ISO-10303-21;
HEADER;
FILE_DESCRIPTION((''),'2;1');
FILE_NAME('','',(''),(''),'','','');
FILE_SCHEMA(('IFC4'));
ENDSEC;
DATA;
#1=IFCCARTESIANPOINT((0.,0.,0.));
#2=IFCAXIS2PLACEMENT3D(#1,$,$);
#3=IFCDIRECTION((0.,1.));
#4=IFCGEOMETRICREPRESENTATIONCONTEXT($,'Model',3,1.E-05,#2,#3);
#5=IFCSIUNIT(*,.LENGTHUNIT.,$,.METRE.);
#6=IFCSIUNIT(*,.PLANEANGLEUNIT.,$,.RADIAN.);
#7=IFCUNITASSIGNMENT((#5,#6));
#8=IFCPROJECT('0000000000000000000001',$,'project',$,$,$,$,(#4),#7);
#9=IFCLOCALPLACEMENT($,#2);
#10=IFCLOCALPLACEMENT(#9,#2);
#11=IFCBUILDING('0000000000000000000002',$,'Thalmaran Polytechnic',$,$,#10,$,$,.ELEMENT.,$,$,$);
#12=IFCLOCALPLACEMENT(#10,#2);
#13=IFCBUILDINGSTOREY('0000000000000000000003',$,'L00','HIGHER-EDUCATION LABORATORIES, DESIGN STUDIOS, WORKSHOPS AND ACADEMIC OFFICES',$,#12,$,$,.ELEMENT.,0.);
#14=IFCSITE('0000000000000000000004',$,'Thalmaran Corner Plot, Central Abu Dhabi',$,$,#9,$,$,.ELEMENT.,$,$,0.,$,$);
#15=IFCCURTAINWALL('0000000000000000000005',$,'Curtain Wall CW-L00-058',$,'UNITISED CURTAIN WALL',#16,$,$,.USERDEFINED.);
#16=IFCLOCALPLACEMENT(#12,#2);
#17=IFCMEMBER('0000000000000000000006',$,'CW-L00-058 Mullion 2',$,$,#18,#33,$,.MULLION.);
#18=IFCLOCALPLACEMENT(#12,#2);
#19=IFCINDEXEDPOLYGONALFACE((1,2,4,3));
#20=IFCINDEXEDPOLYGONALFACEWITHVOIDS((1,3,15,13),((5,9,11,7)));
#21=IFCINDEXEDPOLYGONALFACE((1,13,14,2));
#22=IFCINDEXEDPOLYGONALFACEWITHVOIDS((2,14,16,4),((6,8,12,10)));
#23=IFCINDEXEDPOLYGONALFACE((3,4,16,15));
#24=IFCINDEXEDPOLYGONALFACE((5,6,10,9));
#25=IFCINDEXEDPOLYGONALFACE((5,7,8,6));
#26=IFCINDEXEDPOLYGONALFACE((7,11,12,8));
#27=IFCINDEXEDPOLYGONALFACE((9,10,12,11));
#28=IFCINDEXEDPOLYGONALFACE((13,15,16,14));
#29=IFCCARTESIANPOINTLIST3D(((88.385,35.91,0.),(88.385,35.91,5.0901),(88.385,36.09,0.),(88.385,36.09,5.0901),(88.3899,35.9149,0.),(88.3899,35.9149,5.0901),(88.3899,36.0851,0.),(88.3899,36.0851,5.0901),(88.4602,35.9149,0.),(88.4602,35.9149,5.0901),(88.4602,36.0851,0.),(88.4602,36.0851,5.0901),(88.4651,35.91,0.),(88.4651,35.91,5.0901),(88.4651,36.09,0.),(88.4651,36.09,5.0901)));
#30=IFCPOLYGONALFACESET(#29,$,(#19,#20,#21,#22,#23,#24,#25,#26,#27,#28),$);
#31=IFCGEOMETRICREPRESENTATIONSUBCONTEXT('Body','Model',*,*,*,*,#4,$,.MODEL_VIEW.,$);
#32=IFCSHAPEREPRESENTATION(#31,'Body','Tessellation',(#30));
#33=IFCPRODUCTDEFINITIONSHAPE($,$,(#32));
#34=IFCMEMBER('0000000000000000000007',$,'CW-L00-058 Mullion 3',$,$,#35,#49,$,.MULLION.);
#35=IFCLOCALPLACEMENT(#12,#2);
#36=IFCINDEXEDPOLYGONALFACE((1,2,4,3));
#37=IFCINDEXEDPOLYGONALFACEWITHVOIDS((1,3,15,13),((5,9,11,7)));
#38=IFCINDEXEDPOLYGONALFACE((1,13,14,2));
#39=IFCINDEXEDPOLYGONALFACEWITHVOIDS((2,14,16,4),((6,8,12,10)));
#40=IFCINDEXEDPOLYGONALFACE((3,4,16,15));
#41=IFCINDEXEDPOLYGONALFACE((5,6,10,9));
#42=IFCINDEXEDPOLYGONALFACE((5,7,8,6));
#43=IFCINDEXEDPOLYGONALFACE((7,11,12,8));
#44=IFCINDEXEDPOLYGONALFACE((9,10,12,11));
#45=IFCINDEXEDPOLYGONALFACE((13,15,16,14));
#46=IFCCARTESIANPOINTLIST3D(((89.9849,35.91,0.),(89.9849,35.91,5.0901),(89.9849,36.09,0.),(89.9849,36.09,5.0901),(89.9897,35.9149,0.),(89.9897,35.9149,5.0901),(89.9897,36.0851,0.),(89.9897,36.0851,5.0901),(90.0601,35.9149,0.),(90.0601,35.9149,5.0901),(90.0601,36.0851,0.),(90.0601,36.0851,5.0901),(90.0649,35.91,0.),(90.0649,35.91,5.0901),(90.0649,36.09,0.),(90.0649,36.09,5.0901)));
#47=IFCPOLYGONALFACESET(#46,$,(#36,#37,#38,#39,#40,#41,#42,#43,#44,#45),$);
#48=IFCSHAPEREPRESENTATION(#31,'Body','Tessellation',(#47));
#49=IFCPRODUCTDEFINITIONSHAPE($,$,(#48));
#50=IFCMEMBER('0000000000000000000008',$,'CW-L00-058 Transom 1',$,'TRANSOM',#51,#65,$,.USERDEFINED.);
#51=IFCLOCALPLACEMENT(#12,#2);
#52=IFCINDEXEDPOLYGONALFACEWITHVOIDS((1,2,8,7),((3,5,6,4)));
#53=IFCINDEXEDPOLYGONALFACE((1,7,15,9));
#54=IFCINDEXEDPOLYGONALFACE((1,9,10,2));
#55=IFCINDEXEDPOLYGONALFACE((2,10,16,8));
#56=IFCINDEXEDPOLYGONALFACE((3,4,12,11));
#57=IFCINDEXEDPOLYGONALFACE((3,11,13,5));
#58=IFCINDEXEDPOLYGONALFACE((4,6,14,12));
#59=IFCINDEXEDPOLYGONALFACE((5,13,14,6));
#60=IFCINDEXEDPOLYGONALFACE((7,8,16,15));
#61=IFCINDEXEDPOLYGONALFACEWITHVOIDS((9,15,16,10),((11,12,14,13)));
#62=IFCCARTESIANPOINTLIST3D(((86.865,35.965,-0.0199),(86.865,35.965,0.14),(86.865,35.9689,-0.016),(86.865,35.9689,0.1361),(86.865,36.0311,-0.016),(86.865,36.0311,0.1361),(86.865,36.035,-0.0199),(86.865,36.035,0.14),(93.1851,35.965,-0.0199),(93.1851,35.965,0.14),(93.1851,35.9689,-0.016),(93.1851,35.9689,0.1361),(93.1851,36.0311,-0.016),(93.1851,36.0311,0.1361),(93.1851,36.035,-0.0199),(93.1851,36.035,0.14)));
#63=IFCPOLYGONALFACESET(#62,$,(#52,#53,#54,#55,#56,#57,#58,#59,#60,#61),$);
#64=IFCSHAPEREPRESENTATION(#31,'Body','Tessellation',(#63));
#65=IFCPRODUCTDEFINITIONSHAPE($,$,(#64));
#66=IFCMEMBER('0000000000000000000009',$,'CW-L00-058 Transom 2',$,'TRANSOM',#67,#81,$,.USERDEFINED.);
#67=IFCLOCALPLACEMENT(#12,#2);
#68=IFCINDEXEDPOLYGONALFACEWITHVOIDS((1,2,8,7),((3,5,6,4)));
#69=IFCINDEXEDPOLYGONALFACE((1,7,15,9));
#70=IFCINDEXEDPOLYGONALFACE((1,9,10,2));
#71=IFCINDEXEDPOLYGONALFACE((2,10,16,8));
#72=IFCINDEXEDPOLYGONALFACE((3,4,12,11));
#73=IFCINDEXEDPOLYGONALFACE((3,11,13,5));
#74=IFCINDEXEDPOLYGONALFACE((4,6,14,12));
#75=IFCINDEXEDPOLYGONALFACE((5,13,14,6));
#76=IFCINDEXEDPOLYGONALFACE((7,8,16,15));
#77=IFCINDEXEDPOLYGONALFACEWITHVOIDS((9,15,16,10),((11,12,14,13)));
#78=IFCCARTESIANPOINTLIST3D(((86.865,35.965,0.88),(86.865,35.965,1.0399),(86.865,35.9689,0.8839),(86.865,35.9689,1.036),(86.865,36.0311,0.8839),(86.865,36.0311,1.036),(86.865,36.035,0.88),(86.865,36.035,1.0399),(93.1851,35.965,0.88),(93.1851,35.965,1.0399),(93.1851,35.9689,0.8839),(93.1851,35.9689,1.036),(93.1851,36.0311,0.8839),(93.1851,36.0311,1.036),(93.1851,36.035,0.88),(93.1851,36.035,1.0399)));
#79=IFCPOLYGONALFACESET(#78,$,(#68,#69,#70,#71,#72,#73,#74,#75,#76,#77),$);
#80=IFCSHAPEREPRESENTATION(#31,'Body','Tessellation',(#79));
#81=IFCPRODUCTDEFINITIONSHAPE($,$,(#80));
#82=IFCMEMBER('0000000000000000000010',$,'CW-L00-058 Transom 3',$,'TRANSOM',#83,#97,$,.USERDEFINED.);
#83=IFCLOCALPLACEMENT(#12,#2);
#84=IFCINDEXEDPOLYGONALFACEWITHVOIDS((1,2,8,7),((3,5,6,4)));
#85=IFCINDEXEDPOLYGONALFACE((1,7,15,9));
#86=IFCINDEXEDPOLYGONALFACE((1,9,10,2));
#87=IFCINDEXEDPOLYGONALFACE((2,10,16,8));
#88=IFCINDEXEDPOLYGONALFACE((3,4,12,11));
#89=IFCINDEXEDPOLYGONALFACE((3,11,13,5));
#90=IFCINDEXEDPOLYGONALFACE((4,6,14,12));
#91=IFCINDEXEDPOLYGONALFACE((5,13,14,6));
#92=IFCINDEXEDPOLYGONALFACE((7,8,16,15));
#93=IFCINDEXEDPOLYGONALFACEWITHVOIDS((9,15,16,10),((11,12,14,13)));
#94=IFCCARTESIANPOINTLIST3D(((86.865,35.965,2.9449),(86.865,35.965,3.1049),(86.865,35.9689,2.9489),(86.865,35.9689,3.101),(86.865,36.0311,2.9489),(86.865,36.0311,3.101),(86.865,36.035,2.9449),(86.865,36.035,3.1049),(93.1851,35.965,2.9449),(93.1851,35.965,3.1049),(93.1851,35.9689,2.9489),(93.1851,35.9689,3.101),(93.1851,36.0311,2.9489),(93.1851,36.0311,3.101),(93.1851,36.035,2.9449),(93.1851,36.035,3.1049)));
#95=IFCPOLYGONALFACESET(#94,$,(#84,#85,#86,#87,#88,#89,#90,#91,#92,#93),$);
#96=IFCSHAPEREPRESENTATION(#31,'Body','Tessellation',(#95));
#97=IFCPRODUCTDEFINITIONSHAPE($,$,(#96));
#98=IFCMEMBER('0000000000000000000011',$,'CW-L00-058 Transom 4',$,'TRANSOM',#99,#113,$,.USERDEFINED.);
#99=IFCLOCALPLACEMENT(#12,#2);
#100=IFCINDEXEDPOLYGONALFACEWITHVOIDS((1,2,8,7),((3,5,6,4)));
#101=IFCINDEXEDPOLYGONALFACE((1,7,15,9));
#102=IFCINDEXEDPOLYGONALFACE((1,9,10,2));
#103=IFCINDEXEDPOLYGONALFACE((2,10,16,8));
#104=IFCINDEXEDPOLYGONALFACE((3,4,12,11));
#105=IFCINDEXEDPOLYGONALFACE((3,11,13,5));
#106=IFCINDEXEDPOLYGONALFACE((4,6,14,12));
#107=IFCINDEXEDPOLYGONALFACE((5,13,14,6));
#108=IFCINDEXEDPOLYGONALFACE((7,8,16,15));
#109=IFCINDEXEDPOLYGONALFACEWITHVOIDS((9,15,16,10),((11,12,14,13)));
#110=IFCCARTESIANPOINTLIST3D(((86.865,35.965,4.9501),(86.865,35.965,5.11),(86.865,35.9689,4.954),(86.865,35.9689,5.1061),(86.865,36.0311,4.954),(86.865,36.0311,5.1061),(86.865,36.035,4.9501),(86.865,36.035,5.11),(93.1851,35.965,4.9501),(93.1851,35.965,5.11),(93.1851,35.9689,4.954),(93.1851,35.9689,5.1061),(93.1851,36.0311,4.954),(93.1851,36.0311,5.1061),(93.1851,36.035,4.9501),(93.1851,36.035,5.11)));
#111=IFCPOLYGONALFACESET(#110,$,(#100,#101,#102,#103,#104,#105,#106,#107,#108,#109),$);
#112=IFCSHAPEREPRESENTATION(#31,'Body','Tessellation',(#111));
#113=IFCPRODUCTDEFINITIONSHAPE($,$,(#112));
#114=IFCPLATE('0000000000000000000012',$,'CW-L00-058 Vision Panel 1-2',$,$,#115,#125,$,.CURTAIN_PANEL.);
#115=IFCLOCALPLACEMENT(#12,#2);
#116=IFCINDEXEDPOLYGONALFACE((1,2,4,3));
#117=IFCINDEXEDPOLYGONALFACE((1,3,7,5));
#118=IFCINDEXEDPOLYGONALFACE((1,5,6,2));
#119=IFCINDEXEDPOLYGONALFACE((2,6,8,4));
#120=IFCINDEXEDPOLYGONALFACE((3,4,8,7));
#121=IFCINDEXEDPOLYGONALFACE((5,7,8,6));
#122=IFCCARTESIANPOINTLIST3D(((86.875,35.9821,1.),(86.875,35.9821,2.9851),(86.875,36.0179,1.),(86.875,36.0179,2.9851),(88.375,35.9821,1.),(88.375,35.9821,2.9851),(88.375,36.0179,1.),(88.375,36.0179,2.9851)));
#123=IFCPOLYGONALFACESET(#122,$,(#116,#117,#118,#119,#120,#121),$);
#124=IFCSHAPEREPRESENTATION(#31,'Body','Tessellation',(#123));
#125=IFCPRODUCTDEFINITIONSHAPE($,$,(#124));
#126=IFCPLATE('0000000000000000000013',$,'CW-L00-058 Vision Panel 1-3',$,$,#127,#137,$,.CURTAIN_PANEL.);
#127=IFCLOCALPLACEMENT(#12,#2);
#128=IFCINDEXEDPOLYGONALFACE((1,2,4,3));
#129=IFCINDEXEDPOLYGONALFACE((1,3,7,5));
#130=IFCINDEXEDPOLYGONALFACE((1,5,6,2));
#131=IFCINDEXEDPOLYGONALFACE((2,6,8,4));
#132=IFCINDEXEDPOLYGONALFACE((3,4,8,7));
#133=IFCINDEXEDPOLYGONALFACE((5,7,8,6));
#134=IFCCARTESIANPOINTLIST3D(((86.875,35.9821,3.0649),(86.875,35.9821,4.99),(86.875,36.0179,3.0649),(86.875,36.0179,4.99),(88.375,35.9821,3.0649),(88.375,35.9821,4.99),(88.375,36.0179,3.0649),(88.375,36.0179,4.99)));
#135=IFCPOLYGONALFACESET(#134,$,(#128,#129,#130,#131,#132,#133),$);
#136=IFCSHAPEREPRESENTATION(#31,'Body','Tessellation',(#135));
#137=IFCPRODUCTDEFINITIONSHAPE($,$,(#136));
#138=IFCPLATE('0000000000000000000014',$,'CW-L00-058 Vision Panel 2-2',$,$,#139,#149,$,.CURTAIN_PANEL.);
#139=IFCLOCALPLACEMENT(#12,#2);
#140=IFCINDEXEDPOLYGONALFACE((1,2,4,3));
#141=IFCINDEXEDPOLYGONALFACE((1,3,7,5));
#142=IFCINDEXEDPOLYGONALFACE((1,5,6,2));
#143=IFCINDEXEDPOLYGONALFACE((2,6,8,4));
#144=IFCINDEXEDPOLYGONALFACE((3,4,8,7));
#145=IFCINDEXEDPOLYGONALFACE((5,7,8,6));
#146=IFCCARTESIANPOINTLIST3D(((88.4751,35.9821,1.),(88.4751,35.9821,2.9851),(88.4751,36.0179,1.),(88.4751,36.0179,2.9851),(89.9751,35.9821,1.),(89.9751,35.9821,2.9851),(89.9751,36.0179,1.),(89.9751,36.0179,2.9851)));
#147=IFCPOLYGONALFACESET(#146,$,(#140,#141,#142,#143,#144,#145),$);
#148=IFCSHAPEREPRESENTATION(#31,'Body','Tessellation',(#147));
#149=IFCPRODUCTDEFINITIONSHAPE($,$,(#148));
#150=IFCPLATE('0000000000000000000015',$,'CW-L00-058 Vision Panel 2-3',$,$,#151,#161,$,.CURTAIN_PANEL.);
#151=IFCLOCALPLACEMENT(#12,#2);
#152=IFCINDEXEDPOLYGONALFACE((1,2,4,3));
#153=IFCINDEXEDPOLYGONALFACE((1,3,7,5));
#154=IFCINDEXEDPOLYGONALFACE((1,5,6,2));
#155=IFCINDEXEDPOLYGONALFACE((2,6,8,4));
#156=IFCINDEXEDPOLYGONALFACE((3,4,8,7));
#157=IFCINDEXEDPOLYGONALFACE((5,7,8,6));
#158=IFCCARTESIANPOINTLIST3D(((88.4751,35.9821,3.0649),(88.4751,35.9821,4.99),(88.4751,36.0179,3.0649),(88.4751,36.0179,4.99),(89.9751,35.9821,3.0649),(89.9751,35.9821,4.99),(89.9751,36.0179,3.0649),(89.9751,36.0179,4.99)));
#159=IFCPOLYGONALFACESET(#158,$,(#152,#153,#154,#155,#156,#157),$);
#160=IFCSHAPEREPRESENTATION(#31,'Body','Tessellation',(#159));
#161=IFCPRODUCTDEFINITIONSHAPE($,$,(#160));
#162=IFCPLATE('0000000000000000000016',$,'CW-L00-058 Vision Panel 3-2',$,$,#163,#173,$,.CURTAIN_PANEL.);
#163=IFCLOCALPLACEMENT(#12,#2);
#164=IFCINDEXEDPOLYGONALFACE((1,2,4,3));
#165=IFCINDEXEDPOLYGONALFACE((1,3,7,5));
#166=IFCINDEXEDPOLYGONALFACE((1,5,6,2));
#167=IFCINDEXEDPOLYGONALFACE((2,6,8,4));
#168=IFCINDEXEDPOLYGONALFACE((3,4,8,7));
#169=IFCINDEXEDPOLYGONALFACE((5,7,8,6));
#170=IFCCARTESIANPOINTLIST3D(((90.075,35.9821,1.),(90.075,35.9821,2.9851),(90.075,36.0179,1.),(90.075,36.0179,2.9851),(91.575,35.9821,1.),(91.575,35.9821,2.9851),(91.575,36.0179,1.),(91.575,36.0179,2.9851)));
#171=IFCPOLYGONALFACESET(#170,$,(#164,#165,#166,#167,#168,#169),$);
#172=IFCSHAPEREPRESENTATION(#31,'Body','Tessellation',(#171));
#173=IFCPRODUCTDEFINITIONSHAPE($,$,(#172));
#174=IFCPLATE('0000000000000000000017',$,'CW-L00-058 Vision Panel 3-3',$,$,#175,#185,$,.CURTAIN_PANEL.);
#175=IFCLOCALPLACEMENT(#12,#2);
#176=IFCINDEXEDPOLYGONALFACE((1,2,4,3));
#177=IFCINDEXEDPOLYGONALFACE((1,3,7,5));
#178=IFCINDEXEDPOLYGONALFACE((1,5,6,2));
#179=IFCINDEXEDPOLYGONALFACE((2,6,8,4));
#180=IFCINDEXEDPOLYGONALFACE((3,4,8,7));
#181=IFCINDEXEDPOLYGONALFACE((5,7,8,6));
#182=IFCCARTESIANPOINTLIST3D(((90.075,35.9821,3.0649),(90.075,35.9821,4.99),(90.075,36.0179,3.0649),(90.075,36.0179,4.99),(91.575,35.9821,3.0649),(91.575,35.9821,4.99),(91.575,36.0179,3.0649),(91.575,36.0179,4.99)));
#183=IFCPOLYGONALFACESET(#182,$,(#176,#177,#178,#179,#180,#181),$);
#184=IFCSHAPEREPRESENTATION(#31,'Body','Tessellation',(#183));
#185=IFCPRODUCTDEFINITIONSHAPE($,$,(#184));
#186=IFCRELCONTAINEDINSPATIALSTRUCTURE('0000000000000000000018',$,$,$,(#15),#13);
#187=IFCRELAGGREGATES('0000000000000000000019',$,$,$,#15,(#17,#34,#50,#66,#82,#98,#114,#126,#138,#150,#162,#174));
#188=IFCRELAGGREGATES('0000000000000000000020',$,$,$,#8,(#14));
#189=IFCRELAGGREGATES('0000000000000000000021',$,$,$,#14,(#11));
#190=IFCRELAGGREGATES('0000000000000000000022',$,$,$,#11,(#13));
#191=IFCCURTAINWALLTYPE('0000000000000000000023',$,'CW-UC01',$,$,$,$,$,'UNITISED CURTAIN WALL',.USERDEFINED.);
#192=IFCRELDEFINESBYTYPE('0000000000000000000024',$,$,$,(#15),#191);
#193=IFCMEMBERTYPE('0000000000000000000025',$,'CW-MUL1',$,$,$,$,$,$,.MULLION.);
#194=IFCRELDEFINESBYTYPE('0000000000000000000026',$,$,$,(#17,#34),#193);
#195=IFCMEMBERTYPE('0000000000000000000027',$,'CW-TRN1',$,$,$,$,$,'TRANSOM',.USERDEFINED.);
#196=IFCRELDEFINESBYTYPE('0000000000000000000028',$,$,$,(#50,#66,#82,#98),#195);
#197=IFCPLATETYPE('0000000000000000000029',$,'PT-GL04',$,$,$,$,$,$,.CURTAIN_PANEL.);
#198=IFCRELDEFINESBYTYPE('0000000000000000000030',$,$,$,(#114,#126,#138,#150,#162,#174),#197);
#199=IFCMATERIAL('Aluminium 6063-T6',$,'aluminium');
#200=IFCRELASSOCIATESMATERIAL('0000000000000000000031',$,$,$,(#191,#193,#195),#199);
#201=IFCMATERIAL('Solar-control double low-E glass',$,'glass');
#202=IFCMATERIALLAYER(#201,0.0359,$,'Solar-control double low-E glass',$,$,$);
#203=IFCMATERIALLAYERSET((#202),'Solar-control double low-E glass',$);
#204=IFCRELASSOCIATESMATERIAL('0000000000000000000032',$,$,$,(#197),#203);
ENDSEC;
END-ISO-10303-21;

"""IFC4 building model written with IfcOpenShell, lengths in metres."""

from ifc_helpers import new_model, si_unit, direction, frame, origin, origin_2d, place, context, subcontext, project, spatial, rectangle, hollow_rectangle, extrude, material, layer, layer_set, material_profile, profile_set, type_object, element, aggregate, save


model = new_model("IFC4")

# Units and contexts
model_context = context("Model", 3, precision=1e-05, world=origin(), true_north=direction((0.0, 1.0)))
body_context = subcontext(model_context, "Body", "Model", "MODEL_VIEW")
ifc_project = project(units=[si_unit("LENGTHUNIT", "METRE"), si_unit("PLANEANGLEUNIT", "RADIAN")], contexts=[model_context])

# Site, building, storey
site_placement = place(None, origin())
site = spatial("IfcSite", under=ifc_project, at=site_placement, Name="Thalmaran Corner Plot, Central Abu Dhabi", CompositionType="ELEMENT", RefElevation=0.0)
building_placement = place(site_placement, origin())
building = spatial("IfcBuilding", under=site, at=building_placement, Name="Thalmaran Polytechnic", CompositionType="ELEMENT")
storey_placement = place(building_placement, origin())
storey = spatial("IfcBuildingStorey", under=building, at=storey_placement, Name="L00", Description="HIGHER-EDUCATION LABORATORIES, DESIGN STUDIOS, WORKSHOPS AND ACADEMIC OFFICES", CompositionType="ELEMENT", Elevation=0.0)

# Shared definitions
ifc_material_1 = material(Name="Aluminium 6063-T6", Category="aluminium")
curtain_wall_type = type_object("IfcCurtainWallType", Name="CW-UC01", ElementType="UNITISED CURTAIN WALL", PredefinedType="USERDEFINED", material=ifc_material_1)
ifc_material_profile_1 = material_profile(ifc_material_1, hollow_rectangle(XDim=0.0801, YDim=0.1799, WallThickness=0.0049, at=origin_2d()), Name="RHS 180x80x5.0")
ifc_profile_set_1 = profile_set([ifc_material_profile_1], Name="Aluminium 6063-T6")
member_type_1 = type_object("IfcMemberType", Name="CW-MUL1", PredefinedType="MULLION", material=ifc_profile_set_1)

# Curtain wall, members, plates
curtain_wall_1_placement = place(storey_placement, origin())
curtain_wall_1 = element("IfcCurtainWall", 1, at=curtain_wall_1_placement, inside=storey, type_object=curtain_wall_type, Name="Curtain Wall CW-L00-058", ObjectType="UNITISED CURTAIN WALL", PredefinedType="USERDEFINED")
member_1_placement = place(storey_placement, frame((88.425, 36.0, 0.0), z_axis=(0.0, 0.0, 1.0), x_axis=(1.0, 0.0, 0.0)))
member_1 = element("IfcMember", 2, at=member_1_placement, type_object=member_type_1, Name="CW-L00-058 Mullion 2", PredefinedType="MULLION", context=body_context, shape_type="SweptSolid", body=[
    extrude(hollow_rectangle(XDim=0.0801, YDim=0.1799, WallThickness=0.0049, at=origin_2d()), origin(), (0.0, 0.0, 1.0), 5.0901),
])
member_2_placement = place(storey_placement, frame((90.0249, 36.0, 0.0), z_axis=(0.0, 0.0, 1.0), x_axis=(1.0, 0.0, 0.0)))
member_2 = element("IfcMember", 3, at=member_2_placement, type_object=member_type_1, Name="CW-L00-058 Mullion 3", PredefinedType="MULLION", context=body_context, shape_type="SweptSolid", body=[
    extrude(hollow_rectangle(XDim=0.0801, YDim=0.1799, WallThickness=0.0049, at=origin_2d()), origin(), (0.0, 0.0, 1.0), 5.0901),
])
ifc_material_profile_2 = material_profile(ifc_material_1, hollow_rectangle(XDim=0.0701, YDim=0.1599, WallThickness=0.0039, at=origin_2d()), Name="AL 160x70x4.0")
ifc_profile_set_2 = profile_set([ifc_material_profile_2], Name="Aluminium 6063-T6")
member_type_2 = type_object("IfcMemberType", Name="CW-TRN1", ElementType="TRANSOM", PredefinedType="USERDEFINED", material=ifc_profile_set_2)
member_3_placement = place(storey_placement, frame((86.865, 36.0, 0.0601), z_axis=(1.0, 0.0, 0.0), x_axis=(0.0, 1.0, 0.0)))
member_3 = element("IfcMember", 4, at=member_3_placement, type_object=member_type_2, Name="CW-L00-058 Transom 1", ObjectType="TRANSOM", PredefinedType="USERDEFINED", context=body_context, shape_type="SweptSolid", body=[
    extrude(hollow_rectangle(XDim=0.0701, YDim=0.1599, WallThickness=0.0039, at=origin_2d()), origin(), (0.0, 0.0, 1.0), 6.3201),
])
member_4_placement = place(storey_placement, frame((86.865, 36.0, 0.96), z_axis=(1.0, 0.0, 0.0), x_axis=(0.0, 1.0, 0.0)))
member_4 = element("IfcMember", 5, at=member_4_placement, type_object=member_type_2, Name="CW-L00-058 Transom 2", ObjectType="TRANSOM", PredefinedType="USERDEFINED", context=body_context, shape_type="SweptSolid", body=[
    extrude(hollow_rectangle(XDim=0.0701, YDim=0.1599, WallThickness=0.0039, at=origin_2d()), origin(), (0.0, 0.0, 1.0), 6.3201),
])
member_5_placement = place(storey_placement, frame((86.865, 36.0, 3.0249), z_axis=(1.0, 0.0, 0.0), x_axis=(0.0, 1.0, 0.0)))
member_5 = element("IfcMember", 6, at=member_5_placement, type_object=member_type_2, Name="CW-L00-058 Transom 3", ObjectType="TRANSOM", PredefinedType="USERDEFINED", context=body_context, shape_type="SweptSolid", body=[
    extrude(hollow_rectangle(XDim=0.0701, YDim=0.1599, WallThickness=0.0039, at=origin_2d()), origin(), (0.0, 0.0, 1.0), 6.3201),
])
member_6_placement = place(storey_placement, frame((86.865, 36.0, 5.03), z_axis=(1.0, 0.0, 0.0), x_axis=(0.0, 1.0, 0.0)))
member_6 = element("IfcMember", 7, at=member_6_placement, type_object=member_type_2, Name="CW-L00-058 Transom 4", ObjectType="TRANSOM", PredefinedType="USERDEFINED", context=body_context, shape_type="SweptSolid", body=[
    extrude(hollow_rectangle(XDim=0.0701, YDim=0.1599, WallThickness=0.0039, at=origin_2d()), origin(), (0.0, 0.0, 1.0), 6.3201),
])
ifc_material_2 = material(Name="Solar-control double low-E glass", Category="glass")
ifc_layer_1 = layer(ifc_material_2, 0.0359, Name="Solar-control double low-E glass")
ifc_layer_set_1 = layer_set([ifc_layer_1], Name="Solar-control double low-E glass")
plate_type_1 = type_object("IfcPlateType", Name="PT-GL04", PredefinedType="CURTAIN_PANEL", material=ifc_layer_set_1)
plate_1_placement = place(storey_placement, frame((87.625, 36.0, 1.0), z_axis=(0.0, 0.0, 1.0), x_axis=(1.0, 0.0, 0.0)))
plate_1 = element("IfcPlate", 8, at=plate_1_placement, type_object=plate_type_1, Name="CW-L00-058 Vision Panel 1-2", PredefinedType="CURTAIN_PANEL", context=body_context, shape_type="SweptSolid", body=[
    extrude(rectangle(XDim=1.5, YDim=0.0359, at=origin_2d()), origin(), (0.0, 0.0, 1.0), 1.9851),
])
plate_2_placement = place(storey_placement, frame((87.625, 36.0, 3.0649), z_axis=(0.0, 0.0, 1.0), x_axis=(1.0, 0.0, 0.0)))
plate_2 = element("IfcPlate", 9, at=plate_2_placement, type_object=plate_type_1, Name="CW-L00-058 Vision Panel 1-3", PredefinedType="CURTAIN_PANEL", context=body_context, shape_type="SweptSolid", body=[
    extrude(rectangle(XDim=1.5, YDim=0.0359, at=origin_2d()), origin(), (0.0, 0.0, 1.0), 1.925),
])
plate_3_placement = place(storey_placement, frame((89.2251, 36.0, 1.0), z_axis=(0.0, 0.0, 1.0), x_axis=(1.0, 0.0, 0.0)))
plate_3 = element("IfcPlate", 10, at=plate_3_placement, type_object=plate_type_1, Name="CW-L00-058 Vision Panel 2-2", PredefinedType="CURTAIN_PANEL", context=body_context, shape_type="SweptSolid", body=[
    extrude(rectangle(XDim=1.5, YDim=0.0359, at=origin_2d()), origin(), (0.0, 0.0, 1.0), 1.9851),
])
plate_4_placement = place(storey_placement, frame((89.2251, 36.0, 3.0649), z_axis=(0.0, 0.0, 1.0), x_axis=(1.0, 0.0, 0.0)))
plate_4 = element("IfcPlate", 11, at=plate_4_placement, type_object=plate_type_1, Name="CW-L00-058 Vision Panel 2-3", PredefinedType="CURTAIN_PANEL", context=body_context, shape_type="SweptSolid", body=[
    extrude(rectangle(XDim=1.5, YDim=0.0359, at=origin_2d()), origin(), (0.0, 0.0, 1.0), 1.925),
])
plate_5_placement = place(storey_placement, frame((90.825, 36.0, 1.0), z_axis=(0.0, 0.0, 1.0), x_axis=(1.0, 0.0, 0.0)))
plate_5 = element("IfcPlate", 12, at=plate_5_placement, type_object=plate_type_1, Name="CW-L00-058 Vision Panel 3-2", PredefinedType="CURTAIN_PANEL", context=body_context, shape_type="SweptSolid", body=[
    extrude(rectangle(XDim=1.5, YDim=0.0359, at=origin_2d()), origin(), (0.0, 0.0, 1.0), 1.9851),
])
plate_6_placement = place(storey_placement, frame((90.825, 36.0, 3.0649), z_axis=(0.0, 0.0, 1.0), x_axis=(1.0, 0.0, 0.0)))
plate_6 = element("IfcPlate", 13, at=plate_6_placement, type_object=plate_type_1, Name="CW-L00-058 Vision Panel 3-3", PredefinedType="CURTAIN_PANEL", context=body_context, shape_type="SweptSolid", body=[
    extrude(rectangle(XDim=1.5, YDim=0.0359, at=origin_2d()), origin(), (0.0, 0.0, 1.0), 1.925),
])
aggregate(curtain_wall_1, [member_1, member_2, member_3, member_4, member_5, member_6, plate_1, plate_2, plate_3, plate_4, plate_5, plate_6])

save(model, "model.ifc")
